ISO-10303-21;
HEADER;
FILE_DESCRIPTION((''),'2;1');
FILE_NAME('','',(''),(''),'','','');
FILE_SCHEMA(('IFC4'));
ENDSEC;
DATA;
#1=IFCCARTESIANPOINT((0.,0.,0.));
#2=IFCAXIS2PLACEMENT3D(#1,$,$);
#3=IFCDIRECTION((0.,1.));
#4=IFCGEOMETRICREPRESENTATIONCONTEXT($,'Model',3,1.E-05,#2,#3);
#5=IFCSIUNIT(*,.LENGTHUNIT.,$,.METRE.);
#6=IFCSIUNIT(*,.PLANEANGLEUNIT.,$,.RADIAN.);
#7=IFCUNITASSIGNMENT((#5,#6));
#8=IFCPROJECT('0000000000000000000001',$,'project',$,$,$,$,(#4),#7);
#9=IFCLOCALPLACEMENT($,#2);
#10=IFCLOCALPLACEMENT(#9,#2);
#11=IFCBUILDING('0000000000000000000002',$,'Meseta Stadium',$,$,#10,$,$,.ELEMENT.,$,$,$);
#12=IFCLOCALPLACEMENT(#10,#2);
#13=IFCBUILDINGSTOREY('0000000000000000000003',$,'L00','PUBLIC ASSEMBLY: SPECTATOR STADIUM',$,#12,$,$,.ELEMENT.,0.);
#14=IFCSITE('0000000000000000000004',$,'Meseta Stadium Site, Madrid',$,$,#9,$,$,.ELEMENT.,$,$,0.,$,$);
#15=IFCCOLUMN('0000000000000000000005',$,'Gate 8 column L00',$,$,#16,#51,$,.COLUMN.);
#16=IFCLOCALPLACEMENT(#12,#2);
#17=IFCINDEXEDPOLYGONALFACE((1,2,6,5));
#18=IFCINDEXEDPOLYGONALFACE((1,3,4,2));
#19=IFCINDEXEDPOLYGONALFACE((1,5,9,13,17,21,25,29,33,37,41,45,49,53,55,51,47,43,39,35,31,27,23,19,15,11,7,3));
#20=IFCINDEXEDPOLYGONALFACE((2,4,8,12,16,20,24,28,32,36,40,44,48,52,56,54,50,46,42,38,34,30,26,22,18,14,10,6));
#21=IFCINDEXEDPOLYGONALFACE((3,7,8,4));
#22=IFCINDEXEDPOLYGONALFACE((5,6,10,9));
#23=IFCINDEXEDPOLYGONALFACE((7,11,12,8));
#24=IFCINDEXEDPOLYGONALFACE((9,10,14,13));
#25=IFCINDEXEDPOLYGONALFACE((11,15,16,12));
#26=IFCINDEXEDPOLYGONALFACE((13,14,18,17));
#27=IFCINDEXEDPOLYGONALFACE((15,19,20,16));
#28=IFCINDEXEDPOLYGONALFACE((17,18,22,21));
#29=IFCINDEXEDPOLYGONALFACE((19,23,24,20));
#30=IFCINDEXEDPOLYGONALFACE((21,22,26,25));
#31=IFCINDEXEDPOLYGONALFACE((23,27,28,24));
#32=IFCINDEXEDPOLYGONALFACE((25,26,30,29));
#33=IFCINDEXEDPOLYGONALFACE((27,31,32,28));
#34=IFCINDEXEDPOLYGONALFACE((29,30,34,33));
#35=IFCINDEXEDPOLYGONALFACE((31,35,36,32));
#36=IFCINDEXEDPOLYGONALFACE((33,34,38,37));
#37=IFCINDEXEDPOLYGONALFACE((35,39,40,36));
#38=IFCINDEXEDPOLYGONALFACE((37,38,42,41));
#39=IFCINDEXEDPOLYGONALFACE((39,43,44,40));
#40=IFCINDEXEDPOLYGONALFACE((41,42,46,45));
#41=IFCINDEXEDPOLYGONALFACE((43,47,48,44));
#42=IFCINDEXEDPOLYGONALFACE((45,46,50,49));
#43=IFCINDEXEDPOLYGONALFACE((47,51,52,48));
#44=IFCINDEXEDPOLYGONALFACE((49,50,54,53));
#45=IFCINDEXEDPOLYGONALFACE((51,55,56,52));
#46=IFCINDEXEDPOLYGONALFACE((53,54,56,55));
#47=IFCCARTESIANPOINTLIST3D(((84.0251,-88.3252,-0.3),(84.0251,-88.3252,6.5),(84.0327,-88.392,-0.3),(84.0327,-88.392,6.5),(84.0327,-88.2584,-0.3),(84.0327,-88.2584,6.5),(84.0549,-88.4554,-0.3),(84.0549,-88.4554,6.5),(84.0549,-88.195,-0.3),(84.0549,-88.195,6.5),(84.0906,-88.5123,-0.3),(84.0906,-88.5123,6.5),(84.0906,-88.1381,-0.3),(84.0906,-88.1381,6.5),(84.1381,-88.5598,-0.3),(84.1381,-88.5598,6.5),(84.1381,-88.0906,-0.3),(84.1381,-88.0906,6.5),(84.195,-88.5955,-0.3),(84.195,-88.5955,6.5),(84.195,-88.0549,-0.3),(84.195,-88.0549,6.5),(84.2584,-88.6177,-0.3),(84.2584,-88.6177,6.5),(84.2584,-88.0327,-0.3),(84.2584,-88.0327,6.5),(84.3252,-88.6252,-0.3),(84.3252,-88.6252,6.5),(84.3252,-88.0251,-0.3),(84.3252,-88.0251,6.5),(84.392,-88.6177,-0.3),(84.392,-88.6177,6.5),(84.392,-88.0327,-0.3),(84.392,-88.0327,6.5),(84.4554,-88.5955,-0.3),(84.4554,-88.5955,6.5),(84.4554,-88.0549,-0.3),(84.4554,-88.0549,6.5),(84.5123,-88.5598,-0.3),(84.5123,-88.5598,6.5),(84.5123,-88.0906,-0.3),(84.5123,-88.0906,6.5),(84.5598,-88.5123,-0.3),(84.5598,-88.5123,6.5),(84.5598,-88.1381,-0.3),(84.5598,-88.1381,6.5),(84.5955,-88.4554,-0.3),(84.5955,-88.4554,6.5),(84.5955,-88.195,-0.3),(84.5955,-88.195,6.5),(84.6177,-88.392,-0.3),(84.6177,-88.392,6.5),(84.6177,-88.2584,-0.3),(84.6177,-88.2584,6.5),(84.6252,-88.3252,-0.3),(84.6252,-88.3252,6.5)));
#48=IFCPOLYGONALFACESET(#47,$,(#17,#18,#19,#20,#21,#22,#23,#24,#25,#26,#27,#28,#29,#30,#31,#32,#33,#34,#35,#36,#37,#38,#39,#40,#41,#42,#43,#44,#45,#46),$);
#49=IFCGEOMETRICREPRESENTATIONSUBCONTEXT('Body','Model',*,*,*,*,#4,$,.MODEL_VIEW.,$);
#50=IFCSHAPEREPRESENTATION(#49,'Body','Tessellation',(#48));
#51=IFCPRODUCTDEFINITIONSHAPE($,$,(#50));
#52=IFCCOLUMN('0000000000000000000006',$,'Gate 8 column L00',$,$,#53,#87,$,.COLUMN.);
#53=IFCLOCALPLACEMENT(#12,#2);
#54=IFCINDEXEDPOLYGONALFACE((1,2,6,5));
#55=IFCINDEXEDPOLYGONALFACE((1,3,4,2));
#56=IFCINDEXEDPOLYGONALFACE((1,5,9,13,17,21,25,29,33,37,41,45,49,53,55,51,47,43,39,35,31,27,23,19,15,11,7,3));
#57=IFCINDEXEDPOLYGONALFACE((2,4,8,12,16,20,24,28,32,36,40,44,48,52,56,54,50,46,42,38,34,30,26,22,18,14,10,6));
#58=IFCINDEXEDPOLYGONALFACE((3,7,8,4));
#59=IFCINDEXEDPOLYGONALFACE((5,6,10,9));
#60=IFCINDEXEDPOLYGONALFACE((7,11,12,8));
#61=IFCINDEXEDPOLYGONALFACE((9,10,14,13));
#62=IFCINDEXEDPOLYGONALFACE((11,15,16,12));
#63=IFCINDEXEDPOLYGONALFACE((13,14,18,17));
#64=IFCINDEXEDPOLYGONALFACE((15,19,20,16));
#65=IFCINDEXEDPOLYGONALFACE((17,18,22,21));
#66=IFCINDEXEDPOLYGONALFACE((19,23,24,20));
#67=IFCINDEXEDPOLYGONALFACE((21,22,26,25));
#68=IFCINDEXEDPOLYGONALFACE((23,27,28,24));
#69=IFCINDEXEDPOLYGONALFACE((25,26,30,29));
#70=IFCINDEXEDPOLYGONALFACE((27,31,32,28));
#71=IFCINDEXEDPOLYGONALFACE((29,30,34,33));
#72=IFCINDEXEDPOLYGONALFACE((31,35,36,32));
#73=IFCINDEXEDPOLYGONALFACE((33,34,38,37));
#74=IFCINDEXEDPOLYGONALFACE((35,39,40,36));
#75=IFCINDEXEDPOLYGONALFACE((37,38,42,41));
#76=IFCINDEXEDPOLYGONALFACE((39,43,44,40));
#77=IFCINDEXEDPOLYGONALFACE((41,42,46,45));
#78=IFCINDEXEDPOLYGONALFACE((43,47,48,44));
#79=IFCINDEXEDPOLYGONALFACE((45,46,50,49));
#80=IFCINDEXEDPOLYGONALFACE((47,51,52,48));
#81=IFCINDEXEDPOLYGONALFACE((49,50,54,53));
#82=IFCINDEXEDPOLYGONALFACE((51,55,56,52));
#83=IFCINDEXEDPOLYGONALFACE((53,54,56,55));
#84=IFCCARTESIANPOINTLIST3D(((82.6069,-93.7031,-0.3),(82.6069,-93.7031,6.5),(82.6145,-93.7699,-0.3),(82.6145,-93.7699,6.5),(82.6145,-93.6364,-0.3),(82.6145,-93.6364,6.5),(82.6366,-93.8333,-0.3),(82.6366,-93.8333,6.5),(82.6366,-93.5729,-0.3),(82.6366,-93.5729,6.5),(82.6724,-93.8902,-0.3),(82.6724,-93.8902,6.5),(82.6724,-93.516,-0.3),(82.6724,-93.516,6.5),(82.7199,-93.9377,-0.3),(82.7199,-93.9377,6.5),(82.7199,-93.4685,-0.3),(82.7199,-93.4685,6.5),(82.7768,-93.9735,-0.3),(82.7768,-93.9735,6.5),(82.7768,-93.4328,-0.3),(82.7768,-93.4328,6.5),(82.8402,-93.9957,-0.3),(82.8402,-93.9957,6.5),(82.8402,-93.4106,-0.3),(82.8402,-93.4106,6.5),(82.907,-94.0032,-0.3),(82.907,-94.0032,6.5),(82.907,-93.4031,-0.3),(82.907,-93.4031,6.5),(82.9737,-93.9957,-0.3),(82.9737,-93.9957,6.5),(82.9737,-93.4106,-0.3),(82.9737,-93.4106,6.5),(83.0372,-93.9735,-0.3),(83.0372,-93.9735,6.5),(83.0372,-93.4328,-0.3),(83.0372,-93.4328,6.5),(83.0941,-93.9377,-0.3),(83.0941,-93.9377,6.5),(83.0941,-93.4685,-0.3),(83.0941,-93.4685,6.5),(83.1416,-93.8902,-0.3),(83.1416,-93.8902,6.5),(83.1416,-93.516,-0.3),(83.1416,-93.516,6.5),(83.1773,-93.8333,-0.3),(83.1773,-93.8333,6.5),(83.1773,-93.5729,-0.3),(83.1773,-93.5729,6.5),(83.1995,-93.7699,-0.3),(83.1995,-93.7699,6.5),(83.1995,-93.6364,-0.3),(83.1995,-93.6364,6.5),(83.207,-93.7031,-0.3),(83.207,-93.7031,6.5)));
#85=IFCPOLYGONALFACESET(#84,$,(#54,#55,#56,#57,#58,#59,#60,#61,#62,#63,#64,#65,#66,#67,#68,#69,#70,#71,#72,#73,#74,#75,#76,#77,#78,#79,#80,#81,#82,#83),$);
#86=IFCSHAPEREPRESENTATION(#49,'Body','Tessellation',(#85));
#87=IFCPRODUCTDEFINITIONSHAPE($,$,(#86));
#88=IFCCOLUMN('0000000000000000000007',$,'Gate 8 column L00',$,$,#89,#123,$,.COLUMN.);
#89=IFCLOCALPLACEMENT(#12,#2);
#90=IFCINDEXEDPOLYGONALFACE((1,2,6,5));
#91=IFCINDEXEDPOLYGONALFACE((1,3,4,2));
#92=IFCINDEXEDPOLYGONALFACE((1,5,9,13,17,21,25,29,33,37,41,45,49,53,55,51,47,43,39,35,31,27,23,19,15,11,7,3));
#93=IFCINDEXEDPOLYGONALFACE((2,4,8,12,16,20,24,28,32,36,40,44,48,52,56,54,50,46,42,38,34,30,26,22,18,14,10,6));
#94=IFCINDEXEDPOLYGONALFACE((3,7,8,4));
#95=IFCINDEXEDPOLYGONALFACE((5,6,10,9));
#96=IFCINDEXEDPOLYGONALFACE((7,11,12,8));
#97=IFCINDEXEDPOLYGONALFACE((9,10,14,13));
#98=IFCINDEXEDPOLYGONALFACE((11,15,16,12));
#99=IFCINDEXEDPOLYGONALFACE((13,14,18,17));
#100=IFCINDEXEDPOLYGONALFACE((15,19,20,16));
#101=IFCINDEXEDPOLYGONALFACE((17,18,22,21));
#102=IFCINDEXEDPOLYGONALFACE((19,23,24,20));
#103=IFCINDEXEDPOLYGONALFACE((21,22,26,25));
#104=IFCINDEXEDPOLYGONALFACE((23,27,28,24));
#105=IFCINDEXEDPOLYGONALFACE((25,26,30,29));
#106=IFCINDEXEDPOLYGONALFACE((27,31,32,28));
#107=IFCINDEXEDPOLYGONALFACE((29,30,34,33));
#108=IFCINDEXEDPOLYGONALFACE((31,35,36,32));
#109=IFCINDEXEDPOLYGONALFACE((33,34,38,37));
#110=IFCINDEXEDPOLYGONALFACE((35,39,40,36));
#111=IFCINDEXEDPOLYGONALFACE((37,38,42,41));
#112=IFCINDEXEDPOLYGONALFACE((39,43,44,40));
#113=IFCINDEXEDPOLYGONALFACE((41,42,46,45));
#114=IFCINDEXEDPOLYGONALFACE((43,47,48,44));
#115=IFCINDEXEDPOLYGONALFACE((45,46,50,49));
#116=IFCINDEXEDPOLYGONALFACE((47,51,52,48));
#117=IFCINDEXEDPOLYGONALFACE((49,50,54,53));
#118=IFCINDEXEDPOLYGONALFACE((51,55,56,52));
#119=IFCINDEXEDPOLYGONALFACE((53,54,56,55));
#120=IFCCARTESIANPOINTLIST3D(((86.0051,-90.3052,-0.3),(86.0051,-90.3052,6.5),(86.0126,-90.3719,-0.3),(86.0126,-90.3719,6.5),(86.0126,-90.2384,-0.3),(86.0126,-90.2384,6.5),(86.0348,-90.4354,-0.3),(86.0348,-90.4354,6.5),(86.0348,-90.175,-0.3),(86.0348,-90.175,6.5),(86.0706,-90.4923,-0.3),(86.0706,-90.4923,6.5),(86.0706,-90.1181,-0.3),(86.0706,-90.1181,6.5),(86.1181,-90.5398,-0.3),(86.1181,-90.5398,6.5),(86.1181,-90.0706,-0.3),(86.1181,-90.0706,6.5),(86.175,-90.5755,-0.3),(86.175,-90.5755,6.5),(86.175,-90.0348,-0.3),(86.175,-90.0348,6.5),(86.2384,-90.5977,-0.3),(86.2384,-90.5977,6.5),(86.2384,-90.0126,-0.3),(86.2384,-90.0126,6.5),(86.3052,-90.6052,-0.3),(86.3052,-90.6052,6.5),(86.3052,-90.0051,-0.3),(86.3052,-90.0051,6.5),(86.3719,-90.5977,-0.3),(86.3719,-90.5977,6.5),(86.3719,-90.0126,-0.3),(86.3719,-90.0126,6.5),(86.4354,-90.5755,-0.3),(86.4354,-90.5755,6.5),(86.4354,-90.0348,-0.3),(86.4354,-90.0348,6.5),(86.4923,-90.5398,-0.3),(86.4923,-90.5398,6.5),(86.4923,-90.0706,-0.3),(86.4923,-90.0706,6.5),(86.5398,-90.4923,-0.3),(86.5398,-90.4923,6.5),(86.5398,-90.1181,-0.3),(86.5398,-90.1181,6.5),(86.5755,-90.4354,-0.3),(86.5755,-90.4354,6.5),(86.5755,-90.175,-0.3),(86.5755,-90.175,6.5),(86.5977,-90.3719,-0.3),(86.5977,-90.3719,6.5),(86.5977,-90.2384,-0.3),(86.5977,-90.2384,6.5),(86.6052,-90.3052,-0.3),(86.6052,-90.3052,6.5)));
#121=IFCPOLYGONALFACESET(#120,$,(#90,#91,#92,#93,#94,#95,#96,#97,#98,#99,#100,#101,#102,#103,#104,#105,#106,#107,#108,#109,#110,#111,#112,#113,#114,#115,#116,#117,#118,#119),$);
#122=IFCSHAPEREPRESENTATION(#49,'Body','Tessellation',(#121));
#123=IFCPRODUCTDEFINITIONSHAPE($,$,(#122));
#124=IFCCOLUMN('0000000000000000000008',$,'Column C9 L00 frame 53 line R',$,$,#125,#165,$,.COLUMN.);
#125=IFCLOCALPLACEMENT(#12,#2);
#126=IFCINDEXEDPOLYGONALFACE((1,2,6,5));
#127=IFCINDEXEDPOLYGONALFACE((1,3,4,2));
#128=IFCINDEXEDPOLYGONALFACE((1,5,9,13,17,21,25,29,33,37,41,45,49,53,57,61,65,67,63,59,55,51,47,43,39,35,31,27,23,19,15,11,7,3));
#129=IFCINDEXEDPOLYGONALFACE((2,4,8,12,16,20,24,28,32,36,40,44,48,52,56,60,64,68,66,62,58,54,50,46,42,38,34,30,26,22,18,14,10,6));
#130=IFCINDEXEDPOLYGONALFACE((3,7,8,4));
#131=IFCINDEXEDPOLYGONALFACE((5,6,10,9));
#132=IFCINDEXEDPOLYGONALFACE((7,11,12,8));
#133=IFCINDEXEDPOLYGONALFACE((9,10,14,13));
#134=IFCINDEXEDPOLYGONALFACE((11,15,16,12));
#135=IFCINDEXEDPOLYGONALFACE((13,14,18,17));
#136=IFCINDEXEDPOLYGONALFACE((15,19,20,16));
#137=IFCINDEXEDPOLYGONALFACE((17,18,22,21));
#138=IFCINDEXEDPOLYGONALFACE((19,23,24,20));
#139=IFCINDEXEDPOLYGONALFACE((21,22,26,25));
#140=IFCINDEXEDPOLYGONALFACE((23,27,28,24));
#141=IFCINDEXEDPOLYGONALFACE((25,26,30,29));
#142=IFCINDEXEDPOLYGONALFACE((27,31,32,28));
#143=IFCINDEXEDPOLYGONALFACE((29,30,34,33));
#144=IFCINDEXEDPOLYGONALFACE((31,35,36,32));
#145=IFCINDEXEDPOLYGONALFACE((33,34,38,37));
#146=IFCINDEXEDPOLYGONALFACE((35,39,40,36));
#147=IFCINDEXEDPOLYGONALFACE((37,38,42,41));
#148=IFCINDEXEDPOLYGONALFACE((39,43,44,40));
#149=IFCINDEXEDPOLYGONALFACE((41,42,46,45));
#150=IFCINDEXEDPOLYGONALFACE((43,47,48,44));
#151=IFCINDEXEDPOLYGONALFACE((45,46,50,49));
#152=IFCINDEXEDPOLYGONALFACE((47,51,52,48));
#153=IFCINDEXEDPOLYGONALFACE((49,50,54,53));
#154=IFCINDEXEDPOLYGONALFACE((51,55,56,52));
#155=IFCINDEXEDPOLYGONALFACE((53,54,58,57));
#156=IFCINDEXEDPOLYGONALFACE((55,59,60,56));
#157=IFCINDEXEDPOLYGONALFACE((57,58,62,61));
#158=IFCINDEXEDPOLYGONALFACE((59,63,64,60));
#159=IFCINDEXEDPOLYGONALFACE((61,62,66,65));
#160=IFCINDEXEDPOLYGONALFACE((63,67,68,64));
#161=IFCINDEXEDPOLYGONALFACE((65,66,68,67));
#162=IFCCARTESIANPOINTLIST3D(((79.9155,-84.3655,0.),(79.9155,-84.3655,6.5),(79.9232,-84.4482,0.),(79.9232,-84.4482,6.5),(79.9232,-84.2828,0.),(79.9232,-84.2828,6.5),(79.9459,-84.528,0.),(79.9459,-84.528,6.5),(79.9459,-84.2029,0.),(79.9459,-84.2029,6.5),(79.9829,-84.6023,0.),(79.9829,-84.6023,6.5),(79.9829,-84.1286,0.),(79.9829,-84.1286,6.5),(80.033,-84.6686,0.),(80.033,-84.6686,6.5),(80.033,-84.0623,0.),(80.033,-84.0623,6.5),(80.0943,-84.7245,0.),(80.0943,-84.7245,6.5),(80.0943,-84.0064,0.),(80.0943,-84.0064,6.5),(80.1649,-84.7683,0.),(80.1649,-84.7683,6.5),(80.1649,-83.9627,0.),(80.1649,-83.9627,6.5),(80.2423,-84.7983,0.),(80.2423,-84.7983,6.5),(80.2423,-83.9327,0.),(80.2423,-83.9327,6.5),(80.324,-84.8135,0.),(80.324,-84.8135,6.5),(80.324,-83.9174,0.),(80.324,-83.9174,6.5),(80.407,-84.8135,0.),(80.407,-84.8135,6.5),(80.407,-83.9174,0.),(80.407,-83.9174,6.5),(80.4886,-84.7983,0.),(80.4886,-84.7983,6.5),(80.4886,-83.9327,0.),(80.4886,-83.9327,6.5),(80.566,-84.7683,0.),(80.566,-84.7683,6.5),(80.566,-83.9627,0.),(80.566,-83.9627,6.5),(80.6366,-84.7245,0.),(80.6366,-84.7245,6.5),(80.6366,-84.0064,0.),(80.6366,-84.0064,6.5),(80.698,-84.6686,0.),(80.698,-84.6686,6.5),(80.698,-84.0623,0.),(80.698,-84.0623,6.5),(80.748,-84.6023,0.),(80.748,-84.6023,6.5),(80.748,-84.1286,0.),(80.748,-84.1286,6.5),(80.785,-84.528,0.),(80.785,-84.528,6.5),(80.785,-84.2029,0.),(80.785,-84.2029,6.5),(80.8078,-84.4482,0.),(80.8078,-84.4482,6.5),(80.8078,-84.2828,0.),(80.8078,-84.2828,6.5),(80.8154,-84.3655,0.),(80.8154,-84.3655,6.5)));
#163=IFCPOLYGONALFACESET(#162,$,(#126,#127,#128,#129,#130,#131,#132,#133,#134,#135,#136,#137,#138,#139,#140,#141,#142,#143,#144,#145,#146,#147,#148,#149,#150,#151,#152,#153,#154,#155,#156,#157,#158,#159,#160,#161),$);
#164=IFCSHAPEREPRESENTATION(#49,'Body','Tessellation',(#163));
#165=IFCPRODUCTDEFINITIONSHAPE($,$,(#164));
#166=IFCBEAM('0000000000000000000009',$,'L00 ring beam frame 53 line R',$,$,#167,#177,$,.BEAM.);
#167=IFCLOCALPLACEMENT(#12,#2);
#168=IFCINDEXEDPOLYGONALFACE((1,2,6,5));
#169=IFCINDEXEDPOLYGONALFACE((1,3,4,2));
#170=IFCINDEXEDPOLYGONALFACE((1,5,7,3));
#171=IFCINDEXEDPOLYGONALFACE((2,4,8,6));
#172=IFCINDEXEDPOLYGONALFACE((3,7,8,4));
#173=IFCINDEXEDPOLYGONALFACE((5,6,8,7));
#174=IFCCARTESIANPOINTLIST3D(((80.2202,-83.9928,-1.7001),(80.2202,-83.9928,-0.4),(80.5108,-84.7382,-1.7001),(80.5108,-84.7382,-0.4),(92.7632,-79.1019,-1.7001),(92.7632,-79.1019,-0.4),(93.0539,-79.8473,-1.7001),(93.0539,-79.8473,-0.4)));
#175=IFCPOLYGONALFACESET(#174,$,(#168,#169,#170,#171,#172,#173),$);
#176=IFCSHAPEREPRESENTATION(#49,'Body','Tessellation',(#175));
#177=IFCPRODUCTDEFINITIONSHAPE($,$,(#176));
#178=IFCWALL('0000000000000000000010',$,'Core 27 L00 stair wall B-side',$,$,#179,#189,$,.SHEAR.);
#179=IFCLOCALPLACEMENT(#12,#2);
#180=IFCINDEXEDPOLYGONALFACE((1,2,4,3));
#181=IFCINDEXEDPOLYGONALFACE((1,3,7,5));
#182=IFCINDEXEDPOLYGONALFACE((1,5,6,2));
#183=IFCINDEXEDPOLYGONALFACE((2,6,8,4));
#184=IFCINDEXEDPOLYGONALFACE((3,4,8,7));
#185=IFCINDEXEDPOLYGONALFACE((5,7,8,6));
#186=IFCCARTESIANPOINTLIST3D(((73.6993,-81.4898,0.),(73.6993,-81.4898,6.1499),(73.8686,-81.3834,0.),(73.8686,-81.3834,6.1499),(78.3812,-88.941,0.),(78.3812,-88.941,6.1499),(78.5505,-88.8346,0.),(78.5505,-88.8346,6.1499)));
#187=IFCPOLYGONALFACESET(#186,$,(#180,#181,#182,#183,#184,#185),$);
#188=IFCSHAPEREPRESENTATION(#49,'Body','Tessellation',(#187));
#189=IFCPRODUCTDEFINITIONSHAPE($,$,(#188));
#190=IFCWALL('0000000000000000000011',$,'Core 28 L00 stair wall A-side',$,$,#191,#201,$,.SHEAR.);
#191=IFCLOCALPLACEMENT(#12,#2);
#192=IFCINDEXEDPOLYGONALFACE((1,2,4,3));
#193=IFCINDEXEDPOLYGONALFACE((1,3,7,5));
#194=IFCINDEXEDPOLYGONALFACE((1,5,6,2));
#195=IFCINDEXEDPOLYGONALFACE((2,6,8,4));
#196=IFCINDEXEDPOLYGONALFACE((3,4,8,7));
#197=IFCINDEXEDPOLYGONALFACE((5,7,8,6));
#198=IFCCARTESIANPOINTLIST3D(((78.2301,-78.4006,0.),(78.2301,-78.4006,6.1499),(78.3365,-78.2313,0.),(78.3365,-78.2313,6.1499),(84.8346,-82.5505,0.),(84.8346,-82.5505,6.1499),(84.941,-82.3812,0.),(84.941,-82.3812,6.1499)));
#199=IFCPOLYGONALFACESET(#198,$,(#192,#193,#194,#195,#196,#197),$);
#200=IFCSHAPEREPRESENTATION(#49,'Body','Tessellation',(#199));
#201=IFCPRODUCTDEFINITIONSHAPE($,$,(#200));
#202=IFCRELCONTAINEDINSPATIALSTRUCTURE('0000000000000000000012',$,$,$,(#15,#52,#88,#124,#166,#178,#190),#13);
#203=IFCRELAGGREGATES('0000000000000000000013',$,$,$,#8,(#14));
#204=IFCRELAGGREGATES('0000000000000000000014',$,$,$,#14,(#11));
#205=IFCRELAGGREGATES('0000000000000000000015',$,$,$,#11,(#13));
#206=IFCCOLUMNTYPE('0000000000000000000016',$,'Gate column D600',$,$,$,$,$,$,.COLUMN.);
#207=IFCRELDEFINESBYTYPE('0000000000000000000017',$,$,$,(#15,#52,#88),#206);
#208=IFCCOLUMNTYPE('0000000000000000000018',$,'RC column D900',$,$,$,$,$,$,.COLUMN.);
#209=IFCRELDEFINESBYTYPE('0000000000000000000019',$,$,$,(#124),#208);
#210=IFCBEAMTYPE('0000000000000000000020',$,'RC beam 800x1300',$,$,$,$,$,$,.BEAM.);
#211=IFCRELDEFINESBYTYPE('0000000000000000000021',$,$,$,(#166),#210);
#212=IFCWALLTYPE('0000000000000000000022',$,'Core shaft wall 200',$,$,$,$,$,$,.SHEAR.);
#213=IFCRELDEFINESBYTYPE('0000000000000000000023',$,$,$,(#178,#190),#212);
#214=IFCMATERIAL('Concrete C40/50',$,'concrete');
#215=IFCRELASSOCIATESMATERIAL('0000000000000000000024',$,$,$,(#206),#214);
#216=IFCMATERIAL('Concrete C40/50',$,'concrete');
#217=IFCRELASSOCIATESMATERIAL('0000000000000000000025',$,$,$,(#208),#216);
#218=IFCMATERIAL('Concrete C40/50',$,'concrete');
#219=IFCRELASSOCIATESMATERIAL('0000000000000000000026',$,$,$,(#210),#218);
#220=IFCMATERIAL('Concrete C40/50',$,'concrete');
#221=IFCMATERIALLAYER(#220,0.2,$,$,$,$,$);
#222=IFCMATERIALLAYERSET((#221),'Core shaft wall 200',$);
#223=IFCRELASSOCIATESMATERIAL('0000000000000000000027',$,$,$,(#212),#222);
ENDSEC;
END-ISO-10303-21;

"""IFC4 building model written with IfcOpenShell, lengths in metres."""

from ifc_helpers import new_model, si_unit, direction, frame, frame_2d, origin, origin_2d, place, context, subcontext, project, spatial, rectangle, circle, extrude, material, layer, layer_set, material_profile, profile_set, type_object, element, save


model = new_model("IFC4")

# Units and contexts
model_context = context("Model", 3, precision=1e-05, world=origin(), true_north=direction((0.0, 1.0)))
body_context = subcontext(model_context, "Body", "Model", "MODEL_VIEW")
ifc_project = project(units=[si_unit("LENGTHUNIT", "METRE"), si_unit("PLANEANGLEUNIT", "RADIAN")], contexts=[model_context])

# Site, building, storey
site_placement = place(None, origin())
site = spatial("IfcSite", under=ifc_project, at=site_placement, Name="Meseta Stadium Site, Madrid", CompositionType="ELEMENT", RefElevation=0.0)
building_placement = place(site_placement, origin())
building = spatial("IfcBuilding", under=site, at=building_placement, Name="Meseta Stadium", CompositionType="ELEMENT")
storey_placement = place(building_placement, origin())
storey = spatial("IfcBuildingStorey", under=building, at=storey_placement, Name="L00", Description="PUBLIC ASSEMBLY: SPECTATOR STADIUM", CompositionType="ELEMENT", Elevation=0.0)

# Columns
ifc_material_1 = material(Name="Concrete C40/50", Category="concrete")
ifc_material_profile_1 = material_profile(ifc_material_1, circle(Radius=0.3, at=origin_2d()), Name="RC D600")
ifc_profile_set_1 = profile_set([ifc_material_profile_1], Name="Concrete C40/50")
column_type_1 = type_object("IfcColumnType", Name="Gate column D600", PredefinedType="COLUMN", material=ifc_profile_set_1)
for number, where, z_axis, x_axis, name in (
    (1, (84.3252, -88.3252, -0.3), (0.0, 0.0, 1.0), (1.0, 0.0, 0.0), "Gate 8 column L00"),
    (2, (82.907, -93.7031, -0.3), (0.0, 0.0, 1.0), (1.0, 0.0, 0.0), "Gate 8 column L00"),
    (3, (86.3052, -90.3052, -0.3), (0.0, 0.0, 1.0), (1.0, 0.0, 0.0), "Gate 8 column L00"),
):
    element("IfcColumn", number, at=place(storey_placement, frame(where, z_axis=z_axis, x_axis=x_axis)), inside=storey, type_object=column_type_1, Name=name, PredefinedType="COLUMN", context=body_context, shape_type="SweptSolid", body=[
        extrude(circle(Radius=0.3, at=origin_2d()), origin(), (0.0, 0.0, 1.0), 6.8),
    ])
ifc_material_2 = material(Name="Concrete C40/50", Category="concrete")
ifc_material_profile_2 = material_profile(ifc_material_2, circle(Radius=0.45, at=origin_2d()), Name="RC D900")
ifc_profile_set_2 = profile_set([ifc_material_profile_2], Name="Concrete C40/50")
column_type_2 = type_object("IfcColumnType", Name="RC column D900", PredefinedType="COLUMN", material=ifc_profile_set_2)
column_placement = place(storey_placement, frame((80.3655, -84.3655, 0.0), z_axis=(0.0, 0.0, 1.0), x_axis=(1.0, 0.0, 0.0)))
element("IfcColumn", 4, at=column_placement, inside=storey, type_object=column_type_2, Name="Column C9 L00 frame 53 line R", PredefinedType="COLUMN", context=body_context, shape_type="SweptSolid", body=[
    extrude(circle(Radius=0.45, at=origin_2d()), origin(), (0.0, 0.0, 1.0), 6.5),
])

# Beam
ifc_material_3 = material(Name="Concrete C40/50", Category="concrete")
ifc_material_profile_3 = material_profile(ifc_material_3, rectangle(XDim=0.8, YDim=1.3, at=origin_2d()), Name="RC 800x1300")
ifc_profile_set_3 = profile_set([ifc_material_profile_3], Name="Concrete C40/50")
beam_type = type_object("IfcBeamType", Name="RC beam 800x1300", PredefinedType="BEAM", material=ifc_profile_set_3)
beam_placement = place(storey_placement, frame((80.3655, -84.3655, -1.05), z_axis=(0.931677, 0.363288, 0.0), x_axis=(-0.363288, 0.931677, 0.0)))
element("IfcBeam", 5, at=beam_placement, inside=storey, type_object=beam_type, Name="L00 ring beam frame 53 line R", PredefinedType="BEAM", context=body_context, shape_type="SweptSolid", body=[
    extrude(rectangle(XDim=0.8, YDim=1.3, at=origin_2d()), origin(), (0.0, 0.0, 1.0), 13.4629),
])

# Walls
ifc_material_4 = material(Name="Concrete C40/50", Category="concrete")
ifc_layer_1 = layer(ifc_material_4, 0.2)
ifc_layer_set_1 = layer_set([ifc_layer_1], Name="Core shaft wall 200")
wall_type_1 = type_object("IfcWallType", Name="Core shaft wall 200", PredefinedType="SHEAR", material=ifc_layer_set_1)
wall_1_placement = place(storey_placement, frame((78.4658, -88.8877, 0.0), z_axis=(0.0, 0.0, 1.0), x_axis=(-0.532032, 0.846724, 0.0)))
element("IfcWall", 6, at=wall_1_placement, inside=storey, type_object=wall_type_1, Name="Core 27 L00 stair wall B-side", PredefinedType="SHEAR", context=body_context, shape_type="SweptSolid", body=[
    extrude(rectangle(XDim=8.8, YDim=0.2, at=frame_2d((4.3999, 0.0))), origin(), (0.0, 0.0, 1.0), 6.1499),
])
wall_2_placement = place(storey_placement, frame((84.8877, -82.4658, 0.0), z_axis=(0.0, 0.0, 1.0), x_axis=(-0.846723, 0.532034, 0.0)))
element("IfcWall", 7, at=wall_2_placement, inside=storey, type_object=wall_type_1, Name="Core 28 L00 stair wall A-side", PredefinedType="SHEAR", context=body_context, shape_type="SweptSolid", body=[
    extrude(rectangle(XDim=7.8, YDim=0.2, at=frame_2d((3.8999, 0.0))), origin(), (0.0, 0.0, 1.0), 6.1499),
])

save(model, "model.ifc")
